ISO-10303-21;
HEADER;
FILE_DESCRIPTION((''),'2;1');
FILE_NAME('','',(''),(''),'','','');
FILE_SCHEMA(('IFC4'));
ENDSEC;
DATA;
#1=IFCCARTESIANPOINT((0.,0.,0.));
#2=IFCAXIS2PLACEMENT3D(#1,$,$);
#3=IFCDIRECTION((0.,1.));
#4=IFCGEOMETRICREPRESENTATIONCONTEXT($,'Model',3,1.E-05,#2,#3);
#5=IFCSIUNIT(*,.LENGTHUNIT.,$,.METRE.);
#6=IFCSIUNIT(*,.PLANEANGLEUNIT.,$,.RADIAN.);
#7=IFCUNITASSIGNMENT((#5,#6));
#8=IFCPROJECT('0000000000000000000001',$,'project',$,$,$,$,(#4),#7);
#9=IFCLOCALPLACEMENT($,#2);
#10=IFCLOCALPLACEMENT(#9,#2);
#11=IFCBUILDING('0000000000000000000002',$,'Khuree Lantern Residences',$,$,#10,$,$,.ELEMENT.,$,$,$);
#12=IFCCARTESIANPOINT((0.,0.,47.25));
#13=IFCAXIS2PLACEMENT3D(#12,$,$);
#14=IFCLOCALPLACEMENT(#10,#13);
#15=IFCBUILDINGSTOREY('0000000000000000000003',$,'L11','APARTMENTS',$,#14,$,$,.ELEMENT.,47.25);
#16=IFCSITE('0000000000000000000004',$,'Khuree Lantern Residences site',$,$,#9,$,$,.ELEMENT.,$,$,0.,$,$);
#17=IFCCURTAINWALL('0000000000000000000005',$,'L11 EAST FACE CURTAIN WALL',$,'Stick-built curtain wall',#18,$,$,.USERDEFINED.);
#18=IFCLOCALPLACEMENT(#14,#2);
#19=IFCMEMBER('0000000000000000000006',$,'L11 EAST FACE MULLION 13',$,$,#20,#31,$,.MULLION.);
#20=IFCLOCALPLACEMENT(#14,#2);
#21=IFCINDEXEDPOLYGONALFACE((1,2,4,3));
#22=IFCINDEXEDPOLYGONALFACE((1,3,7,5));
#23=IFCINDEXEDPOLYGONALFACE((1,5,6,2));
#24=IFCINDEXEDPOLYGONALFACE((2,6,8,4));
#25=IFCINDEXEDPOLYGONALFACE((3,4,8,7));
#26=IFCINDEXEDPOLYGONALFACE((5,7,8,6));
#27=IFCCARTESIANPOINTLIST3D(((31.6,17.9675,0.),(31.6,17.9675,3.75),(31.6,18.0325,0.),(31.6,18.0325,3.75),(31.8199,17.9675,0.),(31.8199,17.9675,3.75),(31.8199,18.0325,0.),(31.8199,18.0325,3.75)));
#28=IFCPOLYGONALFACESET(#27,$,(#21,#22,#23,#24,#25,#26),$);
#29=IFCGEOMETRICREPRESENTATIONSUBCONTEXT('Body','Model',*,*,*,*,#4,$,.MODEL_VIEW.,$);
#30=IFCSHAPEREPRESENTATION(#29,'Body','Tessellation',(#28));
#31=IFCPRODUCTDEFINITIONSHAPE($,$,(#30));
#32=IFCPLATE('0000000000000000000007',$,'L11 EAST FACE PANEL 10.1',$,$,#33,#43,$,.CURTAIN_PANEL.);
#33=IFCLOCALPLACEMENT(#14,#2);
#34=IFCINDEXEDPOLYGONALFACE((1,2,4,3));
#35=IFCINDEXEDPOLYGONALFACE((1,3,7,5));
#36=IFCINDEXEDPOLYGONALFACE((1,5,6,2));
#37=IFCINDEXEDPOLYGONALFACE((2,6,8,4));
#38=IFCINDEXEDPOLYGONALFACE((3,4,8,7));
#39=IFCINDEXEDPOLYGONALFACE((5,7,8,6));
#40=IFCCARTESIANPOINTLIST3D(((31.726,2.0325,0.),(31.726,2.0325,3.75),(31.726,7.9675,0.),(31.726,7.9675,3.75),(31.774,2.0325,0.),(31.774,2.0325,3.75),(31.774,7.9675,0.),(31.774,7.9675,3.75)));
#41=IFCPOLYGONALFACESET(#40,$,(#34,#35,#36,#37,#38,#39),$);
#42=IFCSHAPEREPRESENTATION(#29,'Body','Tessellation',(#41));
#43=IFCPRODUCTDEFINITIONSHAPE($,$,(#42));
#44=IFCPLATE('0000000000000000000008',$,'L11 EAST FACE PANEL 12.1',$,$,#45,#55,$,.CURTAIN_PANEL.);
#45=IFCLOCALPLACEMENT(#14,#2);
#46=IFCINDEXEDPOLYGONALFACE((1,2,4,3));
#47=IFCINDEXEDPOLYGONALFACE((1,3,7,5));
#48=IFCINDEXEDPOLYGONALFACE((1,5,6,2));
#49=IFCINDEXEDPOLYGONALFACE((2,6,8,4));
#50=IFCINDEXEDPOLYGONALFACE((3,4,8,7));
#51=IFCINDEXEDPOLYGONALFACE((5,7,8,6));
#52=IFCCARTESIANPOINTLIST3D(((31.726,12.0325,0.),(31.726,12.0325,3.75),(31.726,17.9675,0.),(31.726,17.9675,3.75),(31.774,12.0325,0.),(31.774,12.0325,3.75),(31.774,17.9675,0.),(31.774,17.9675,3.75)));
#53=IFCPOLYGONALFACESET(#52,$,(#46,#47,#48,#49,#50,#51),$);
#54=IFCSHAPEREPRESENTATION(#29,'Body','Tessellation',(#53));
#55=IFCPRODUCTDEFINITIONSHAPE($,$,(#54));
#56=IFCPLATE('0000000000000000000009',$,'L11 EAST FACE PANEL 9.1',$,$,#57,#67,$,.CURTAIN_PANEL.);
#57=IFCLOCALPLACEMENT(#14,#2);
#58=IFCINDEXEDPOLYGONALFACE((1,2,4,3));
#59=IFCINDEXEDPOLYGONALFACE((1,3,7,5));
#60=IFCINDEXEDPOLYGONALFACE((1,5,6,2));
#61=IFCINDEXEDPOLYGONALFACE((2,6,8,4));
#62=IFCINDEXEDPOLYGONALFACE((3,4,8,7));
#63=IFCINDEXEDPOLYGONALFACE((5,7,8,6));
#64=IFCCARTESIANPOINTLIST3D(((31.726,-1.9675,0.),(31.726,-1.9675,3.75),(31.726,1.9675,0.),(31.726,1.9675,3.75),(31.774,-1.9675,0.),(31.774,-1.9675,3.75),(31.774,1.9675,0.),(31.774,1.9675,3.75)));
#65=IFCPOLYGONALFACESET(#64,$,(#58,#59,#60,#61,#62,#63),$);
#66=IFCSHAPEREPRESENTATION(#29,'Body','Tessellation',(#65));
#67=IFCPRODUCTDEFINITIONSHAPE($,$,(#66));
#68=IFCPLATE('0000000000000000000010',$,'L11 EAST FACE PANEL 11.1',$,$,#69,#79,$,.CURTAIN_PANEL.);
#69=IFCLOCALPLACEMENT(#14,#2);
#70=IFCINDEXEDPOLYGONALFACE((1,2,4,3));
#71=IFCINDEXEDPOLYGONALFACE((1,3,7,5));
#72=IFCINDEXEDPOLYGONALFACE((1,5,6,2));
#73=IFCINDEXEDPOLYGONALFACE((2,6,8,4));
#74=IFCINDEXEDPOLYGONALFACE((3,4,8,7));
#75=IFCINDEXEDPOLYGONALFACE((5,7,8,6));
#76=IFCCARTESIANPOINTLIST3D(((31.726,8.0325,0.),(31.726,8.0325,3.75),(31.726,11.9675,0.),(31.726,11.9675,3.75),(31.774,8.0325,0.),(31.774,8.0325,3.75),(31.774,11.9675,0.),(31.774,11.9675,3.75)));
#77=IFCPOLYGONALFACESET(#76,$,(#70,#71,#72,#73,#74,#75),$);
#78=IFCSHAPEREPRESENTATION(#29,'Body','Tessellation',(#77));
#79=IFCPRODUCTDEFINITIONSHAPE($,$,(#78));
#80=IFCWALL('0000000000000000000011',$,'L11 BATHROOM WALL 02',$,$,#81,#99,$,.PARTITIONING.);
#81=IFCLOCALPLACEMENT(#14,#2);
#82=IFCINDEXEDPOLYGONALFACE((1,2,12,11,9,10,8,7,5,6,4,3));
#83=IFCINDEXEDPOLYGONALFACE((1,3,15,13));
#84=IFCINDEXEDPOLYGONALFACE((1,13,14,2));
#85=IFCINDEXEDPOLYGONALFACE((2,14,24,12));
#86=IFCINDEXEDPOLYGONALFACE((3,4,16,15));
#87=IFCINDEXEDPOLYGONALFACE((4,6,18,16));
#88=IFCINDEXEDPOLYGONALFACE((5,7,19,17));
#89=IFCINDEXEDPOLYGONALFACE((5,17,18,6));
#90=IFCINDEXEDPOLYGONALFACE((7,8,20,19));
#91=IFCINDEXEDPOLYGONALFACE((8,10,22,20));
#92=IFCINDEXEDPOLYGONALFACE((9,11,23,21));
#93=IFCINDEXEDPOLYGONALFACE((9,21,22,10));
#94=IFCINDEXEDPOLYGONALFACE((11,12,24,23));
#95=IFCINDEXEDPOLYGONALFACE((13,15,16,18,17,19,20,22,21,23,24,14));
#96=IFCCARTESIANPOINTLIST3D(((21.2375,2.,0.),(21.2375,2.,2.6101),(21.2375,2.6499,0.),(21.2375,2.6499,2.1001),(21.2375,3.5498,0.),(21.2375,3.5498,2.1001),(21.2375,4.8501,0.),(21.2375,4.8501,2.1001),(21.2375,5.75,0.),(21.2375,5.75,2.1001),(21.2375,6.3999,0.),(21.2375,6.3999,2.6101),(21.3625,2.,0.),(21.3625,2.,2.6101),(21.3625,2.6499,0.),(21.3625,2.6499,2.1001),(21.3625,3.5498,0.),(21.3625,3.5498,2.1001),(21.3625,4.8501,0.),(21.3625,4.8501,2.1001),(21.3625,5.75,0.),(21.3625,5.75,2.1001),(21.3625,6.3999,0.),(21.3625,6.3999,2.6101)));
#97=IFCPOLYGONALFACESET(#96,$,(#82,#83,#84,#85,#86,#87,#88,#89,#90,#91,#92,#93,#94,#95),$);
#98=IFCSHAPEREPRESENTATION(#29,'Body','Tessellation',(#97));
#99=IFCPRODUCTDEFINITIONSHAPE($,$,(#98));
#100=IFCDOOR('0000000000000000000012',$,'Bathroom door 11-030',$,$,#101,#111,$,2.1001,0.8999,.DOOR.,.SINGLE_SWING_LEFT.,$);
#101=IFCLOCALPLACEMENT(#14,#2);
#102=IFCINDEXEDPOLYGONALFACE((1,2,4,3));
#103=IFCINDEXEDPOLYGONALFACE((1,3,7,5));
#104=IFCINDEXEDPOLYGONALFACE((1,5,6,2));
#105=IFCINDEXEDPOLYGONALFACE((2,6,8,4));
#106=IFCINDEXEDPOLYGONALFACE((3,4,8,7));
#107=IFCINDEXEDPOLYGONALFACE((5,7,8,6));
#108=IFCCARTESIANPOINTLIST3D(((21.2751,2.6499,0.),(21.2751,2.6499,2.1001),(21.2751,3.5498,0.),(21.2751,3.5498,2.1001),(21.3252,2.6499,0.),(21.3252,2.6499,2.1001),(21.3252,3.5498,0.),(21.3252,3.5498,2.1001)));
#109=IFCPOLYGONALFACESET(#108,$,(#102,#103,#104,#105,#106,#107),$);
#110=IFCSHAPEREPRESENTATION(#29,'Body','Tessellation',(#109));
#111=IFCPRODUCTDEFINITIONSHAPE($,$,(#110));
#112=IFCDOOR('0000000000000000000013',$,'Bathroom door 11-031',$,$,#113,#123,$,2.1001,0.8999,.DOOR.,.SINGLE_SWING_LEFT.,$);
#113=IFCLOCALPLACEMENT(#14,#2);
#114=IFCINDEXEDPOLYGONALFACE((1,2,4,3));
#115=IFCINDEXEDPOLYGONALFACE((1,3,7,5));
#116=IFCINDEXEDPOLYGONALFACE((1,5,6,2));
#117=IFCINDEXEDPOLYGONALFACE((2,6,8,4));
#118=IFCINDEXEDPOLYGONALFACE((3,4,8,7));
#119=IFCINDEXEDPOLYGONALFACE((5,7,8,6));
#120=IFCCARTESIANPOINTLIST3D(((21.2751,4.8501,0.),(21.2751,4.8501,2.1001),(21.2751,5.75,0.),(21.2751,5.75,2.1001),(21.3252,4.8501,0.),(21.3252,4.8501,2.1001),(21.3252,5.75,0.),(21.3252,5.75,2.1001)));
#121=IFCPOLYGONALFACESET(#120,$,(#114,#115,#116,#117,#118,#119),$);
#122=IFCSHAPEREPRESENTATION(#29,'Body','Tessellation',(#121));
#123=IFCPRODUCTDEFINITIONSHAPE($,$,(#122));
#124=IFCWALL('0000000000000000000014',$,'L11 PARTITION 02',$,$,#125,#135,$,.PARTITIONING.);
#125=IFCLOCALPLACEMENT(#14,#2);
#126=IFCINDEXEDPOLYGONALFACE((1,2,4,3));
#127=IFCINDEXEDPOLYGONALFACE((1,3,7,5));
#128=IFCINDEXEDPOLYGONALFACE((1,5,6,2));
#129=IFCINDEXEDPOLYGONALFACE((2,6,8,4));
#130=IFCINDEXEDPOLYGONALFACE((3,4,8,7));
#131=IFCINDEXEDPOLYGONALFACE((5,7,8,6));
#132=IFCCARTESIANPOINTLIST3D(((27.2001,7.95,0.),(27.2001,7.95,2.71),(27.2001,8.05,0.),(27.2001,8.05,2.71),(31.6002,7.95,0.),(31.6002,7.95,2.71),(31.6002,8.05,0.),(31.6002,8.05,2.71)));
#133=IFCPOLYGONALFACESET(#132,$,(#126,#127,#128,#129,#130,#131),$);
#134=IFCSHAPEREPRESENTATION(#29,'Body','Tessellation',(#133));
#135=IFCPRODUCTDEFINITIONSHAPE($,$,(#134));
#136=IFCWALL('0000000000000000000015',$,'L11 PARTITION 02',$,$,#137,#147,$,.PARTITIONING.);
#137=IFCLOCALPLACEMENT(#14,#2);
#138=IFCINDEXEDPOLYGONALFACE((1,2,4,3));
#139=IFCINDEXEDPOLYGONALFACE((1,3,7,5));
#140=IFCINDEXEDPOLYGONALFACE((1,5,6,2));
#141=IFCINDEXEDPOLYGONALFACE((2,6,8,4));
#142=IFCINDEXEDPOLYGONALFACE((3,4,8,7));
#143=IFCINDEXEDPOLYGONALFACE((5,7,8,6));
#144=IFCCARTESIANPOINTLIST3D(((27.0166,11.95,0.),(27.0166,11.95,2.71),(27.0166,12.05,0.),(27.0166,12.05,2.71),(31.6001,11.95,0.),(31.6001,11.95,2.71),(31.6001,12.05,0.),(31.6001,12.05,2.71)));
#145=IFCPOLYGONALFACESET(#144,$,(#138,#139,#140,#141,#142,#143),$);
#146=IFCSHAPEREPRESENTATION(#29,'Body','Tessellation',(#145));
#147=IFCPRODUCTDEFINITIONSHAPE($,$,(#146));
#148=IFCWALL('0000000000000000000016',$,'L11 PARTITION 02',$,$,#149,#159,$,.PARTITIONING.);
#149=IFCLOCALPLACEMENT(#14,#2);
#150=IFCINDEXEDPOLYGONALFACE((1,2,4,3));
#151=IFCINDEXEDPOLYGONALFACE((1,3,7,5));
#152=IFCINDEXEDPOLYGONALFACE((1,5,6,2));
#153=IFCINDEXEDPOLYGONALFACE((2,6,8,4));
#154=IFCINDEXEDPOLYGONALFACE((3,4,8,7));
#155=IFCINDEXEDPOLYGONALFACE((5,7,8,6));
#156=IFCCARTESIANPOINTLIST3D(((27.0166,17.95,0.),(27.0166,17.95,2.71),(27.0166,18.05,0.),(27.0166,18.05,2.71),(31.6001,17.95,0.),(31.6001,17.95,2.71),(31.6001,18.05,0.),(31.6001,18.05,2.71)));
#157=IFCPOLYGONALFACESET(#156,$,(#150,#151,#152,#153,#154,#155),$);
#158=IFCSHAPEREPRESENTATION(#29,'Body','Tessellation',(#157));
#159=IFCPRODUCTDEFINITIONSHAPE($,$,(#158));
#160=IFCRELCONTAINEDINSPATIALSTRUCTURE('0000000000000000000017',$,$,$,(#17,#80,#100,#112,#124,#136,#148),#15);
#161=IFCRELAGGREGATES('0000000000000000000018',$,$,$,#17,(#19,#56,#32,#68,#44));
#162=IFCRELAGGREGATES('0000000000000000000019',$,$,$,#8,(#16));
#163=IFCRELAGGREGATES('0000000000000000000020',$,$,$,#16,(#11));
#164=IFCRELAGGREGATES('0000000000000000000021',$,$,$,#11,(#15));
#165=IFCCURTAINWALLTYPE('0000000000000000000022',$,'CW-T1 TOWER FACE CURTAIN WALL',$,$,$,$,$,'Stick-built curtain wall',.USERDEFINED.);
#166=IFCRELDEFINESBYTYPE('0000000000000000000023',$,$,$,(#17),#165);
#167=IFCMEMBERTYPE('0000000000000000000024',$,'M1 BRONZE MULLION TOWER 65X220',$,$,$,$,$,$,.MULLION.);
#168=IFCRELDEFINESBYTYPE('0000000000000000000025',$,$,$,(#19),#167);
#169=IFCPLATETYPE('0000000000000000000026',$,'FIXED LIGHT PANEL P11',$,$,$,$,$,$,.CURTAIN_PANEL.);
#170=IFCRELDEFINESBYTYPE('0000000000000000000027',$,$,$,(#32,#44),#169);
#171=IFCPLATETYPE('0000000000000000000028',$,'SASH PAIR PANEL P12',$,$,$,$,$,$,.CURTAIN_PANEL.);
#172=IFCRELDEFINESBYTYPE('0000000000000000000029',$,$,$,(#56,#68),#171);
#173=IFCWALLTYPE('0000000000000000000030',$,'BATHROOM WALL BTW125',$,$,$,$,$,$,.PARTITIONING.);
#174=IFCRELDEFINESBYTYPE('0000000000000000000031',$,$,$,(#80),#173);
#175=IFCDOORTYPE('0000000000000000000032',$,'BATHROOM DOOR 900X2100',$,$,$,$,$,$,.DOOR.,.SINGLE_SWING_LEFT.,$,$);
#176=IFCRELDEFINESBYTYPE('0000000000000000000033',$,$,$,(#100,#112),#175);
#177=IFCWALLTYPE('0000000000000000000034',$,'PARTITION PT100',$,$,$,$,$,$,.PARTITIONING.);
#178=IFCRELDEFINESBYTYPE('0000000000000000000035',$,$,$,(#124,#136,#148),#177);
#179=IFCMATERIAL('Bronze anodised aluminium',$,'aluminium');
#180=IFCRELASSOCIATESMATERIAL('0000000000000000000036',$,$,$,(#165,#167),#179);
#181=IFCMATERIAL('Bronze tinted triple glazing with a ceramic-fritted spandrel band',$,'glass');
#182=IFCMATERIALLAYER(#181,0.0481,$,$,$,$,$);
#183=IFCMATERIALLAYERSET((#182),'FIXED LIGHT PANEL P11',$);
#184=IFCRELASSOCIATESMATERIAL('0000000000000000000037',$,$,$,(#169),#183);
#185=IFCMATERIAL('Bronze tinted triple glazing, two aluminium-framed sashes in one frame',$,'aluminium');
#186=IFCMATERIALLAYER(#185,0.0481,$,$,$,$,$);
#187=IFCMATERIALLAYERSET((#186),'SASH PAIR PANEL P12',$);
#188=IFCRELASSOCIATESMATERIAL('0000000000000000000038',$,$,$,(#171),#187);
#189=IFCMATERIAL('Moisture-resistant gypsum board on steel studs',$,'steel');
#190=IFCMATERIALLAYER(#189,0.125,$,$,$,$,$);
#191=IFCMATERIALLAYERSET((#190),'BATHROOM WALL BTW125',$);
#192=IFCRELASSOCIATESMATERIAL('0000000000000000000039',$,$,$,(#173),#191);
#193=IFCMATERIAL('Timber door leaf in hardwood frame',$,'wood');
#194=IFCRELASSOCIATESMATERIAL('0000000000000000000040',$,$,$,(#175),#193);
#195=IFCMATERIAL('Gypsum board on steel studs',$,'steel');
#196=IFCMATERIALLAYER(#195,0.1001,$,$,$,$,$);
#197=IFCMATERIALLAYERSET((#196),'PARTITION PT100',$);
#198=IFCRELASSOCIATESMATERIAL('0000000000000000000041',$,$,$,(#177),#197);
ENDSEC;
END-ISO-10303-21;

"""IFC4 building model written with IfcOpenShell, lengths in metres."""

from ifc_helpers import new_model, si_unit, direction, frame, frame_2d, origin, origin_2d, place, context, subcontext, project, spatial, rectangle, extrude, material, layer, layer_set, material_profile, profile_set, type_object, element, fill, aggregate, save


model = new_model("IFC4")

# Units and contexts
model_context = context("Model", 3, precision=1e-05, world=origin(), true_north=direction((0.0, 1.0)))
body_context = subcontext(model_context, "Body", "Model", "MODEL_VIEW")
ifc_project = project(units=[si_unit("LENGTHUNIT", "METRE"), si_unit("PLANEANGLEUNIT", "RADIAN")], contexts=[model_context])

# Site, building, storey
site_placement = place(None, origin())
site = spatial("IfcSite", under=ifc_project, at=site_placement, Name="Khuree Lantern Residences site", CompositionType="ELEMENT", RefElevation=0.0)
building_placement = place(site_placement, origin())
building = spatial("IfcBuilding", under=site, at=building_placement, Name="Khuree Lantern Residences", CompositionType="ELEMENT")
storey_placement = place(building_placement, frame((0.0, 0.0, 47.25)))
storey = spatial("IfcBuildingStorey", under=building, at=storey_placement, Name="L11", Description="APARTMENTS", CompositionType="ELEMENT", Elevation=47.25)

# Curtain wall
ifc_material_1 = material(Name="Bronze anodised aluminium", Category="aluminium")
curtain_wall_type = type_object("IfcCurtainWallType", Name="CW-T1 TOWER FACE CURTAIN WALL", ElementType="Stick-built curtain wall", PredefinedType="USERDEFINED", material=ifc_material_1)
curtain_wall_placement = place(storey_placement, origin())
curtain_wall = element("IfcCurtainWall", 1, at=curtain_wall_placement, inside=storey, type_object=curtain_wall_type, Name="L11 EAST FACE CURTAIN WALL", ObjectType="Stick-built curtain wall", PredefinedType="USERDEFINED")

# Member
ifc_material_profile_1 = material_profile(ifc_material_1, rectangle(XDim=0.0649, YDim=0.22, at=origin_2d()), Name="M1 65X220")
ifc_profile_set_1 = profile_set([ifc_material_profile_1], Name="Bronze anodised aluminium")
member_type_1 = type_object("IfcMemberType", Name="M1 BRONZE MULLION TOWER 65X220", PredefinedType="MULLION", material=ifc_profile_set_1)
member_1_placement = place(storey_placement, frame((31.71, 18.0, 0.0), z_axis=(0.0, 0.0, 1.0), x_axis=(0.0, 1.0, 0.0)))
member_1 = element("IfcMember", 2, at=member_1_placement, type_object=member_type_1, Name="L11 EAST FACE MULLION 13", PredefinedType="MULLION", context=body_context, shape_type="SweptSolid", body=[
    extrude(rectangle(XDim=0.0649, YDim=0.22, at=origin_2d()), origin(), (0.0, 0.0, 1.0), 3.75),
])

# Plates
ifc_material_2 = material(Name="Bronze tinted triple glazing with a ceramic-fritted spandrel band", Category="glass")
ifc_layer_1 = layer(ifc_material_2, 0.0481)
ifc_layer_set_1 = layer_set([ifc_layer_1], Name="FIXED LIGHT PANEL P11")
plate_type_1 = type_object("IfcPlateType", Name="FIXED LIGHT PANEL P11", PredefinedType="CURTAIN_PANEL", material=ifc_layer_set_1)
plate_1_placement = place(storey_placement, frame((31.75, 5.0, 0.0), z_axis=(0.0, 0.0, 1.0), x_axis=(0.0, 1.0, 0.0)))
plate_1 = element("IfcPlate", 3, at=plate_1_placement, type_object=plate_type_1, Name="L11 EAST FACE PANEL 10.1", PredefinedType="CURTAIN_PANEL", context=body_context, shape_type="SweptSolid", body=[
    extrude(rectangle(XDim=5.9351, YDim=0.0481, at=origin_2d()), origin(), (0.0, 0.0, 1.0), 3.75),
])
plate_2_placement = place(storey_placement, frame((31.75, 15.0, 0.0), z_axis=(0.0, 0.0, 1.0), x_axis=(0.0, 1.0, 0.0)))
plate_2 = element("IfcPlate", 4, at=plate_2_placement, type_object=plate_type_1, Name="L11 EAST FACE PANEL 12.1", PredefinedType="CURTAIN_PANEL", context=body_context, shape_type="SweptSolid", body=[
    extrude(rectangle(XDim=5.9351, YDim=0.0481, at=origin_2d()), origin(), (0.0, 0.0, 1.0), 3.75),
])
ifc_material_3 = material(Name="Bronze tinted triple glazing, two aluminium-framed sashes in one frame", Category="aluminium")
ifc_layer_2 = layer(ifc_material_3, 0.0481)
ifc_layer_set_2 = layer_set([ifc_layer_2], Name="SASH PAIR PANEL P12")
plate_type_2 = type_object("IfcPlateType", Name="SASH PAIR PANEL P12", PredefinedType="CURTAIN_PANEL", material=ifc_layer_set_2)
plate_3_placement = place(storey_placement, frame((31.75, 0.0, 0.0), z_axis=(0.0, 0.0, 1.0), x_axis=(0.0, 1.0, 0.0)))
plate_3 = element("IfcPlate", 5, at=plate_3_placement, type_object=plate_type_2, Name="L11 EAST FACE PANEL 9.1", PredefinedType="CURTAIN_PANEL", context=body_context, shape_type="SweptSolid", body=[
    extrude(rectangle(XDim=3.9351, YDim=0.0481, at=origin_2d()), origin(), (0.0, 0.0, 1.0), 3.75),
])
plate_4_placement = place(storey_placement, frame((31.75, 10.0, 0.0), z_axis=(0.0, 0.0, 1.0), x_axis=(0.0, 1.0, 0.0)))
plate_4 = element("IfcPlate", 6, at=plate_4_placement, type_object=plate_type_2, Name="L11 EAST FACE PANEL 11.1", PredefinedType="CURTAIN_PANEL", context=body_context, shape_type="SweptSolid", body=[
    extrude(rectangle(XDim=3.9351, YDim=0.0481, at=origin_2d()), origin(), (0.0, 0.0, 1.0), 3.75),
])
aggregate(curtain_wall, [member_1, plate_3, plate_1, plate_4, plate_2])

# Wall, openings, doors
ifc_material_4 = material(Name="Moisture-resistant gypsum board on steel studs", Category="steel")
ifc_layer_3 = layer(ifc_material_4, 0.125)
ifc_layer_set_3 = layer_set([ifc_layer_3], Name="BATHROOM WALL BTW125")
wall_type_1 = type_object("IfcWallType", Name="BATHROOM WALL BTW125", PredefinedType="PARTITIONING", material=ifc_layer_set_3)
wall_1_placement = place(storey_placement, frame((21.3, 2.0, 0.0), z_axis=(0.0, 0.0, 1.0), x_axis=(0.0, 1.0, 0.0)))
wall_1 = element("IfcWall", 7, at=wall_1_placement, inside=storey, type_object=wall_type_1, Name="L11 BATHROOM WALL 02", PredefinedType="PARTITIONING", context=body_context, shape_type="SweptSolid", body=[
    extrude(rectangle(XDim=4.3999, YDim=0.125, at=frame_2d((2.2, 0.0))), origin(), (0.0, 0.0, 1.0), 2.6101),
])
opening_1_placement = place(wall_1_placement, frame((0.6499, 0.0, 0.0)))
opening_1 = element("IfcOpeningElement", 8, at=opening_1_placement, cuts=wall_1, PredefinedType="OPENING", context=body_context, shape_type="SweptSolid", body=[
    extrude(rectangle(XDim=0.8999, YDim=2.1001, at=frame_2d((0.45, 1.05))), frame((0.0, 0.0725, 0.0), z_axis=(0.0, -1.0, 0.0), x_axis=(1.0, 0.0, 0.0)), (0.0, 0.0, 1.0), 0.145),
])
opening_2_placement = place(wall_1_placement, frame((2.8501, 0.0, 0.0)))
opening_2 = element("IfcOpeningElement", 9, at=opening_2_placement, cuts=wall_1, PredefinedType="OPENING", context=body_context, shape_type="SweptSolid", body=[
    extrude(rectangle(XDim=0.8999, YDim=2.1001, at=frame_2d((0.45, 1.05))), frame((0.0, 0.0725, 0.0), z_axis=(0.0, -1.0, 0.0), x_axis=(1.0, 0.0, 0.0)), (0.0, 0.0, 1.0), 0.145),
])
ifc_material_5 = material(Name="Timber door leaf in hardwood frame", Category="wood")
door_type_1 = type_object("IfcDoorType", Name="BATHROOM DOOR 900X2100", OperationType="SINGLE_SWING_LEFT", PredefinedType="DOOR", material=ifc_material_5)
door_1_placement = place(opening_1_placement, origin())
door_1 = element("IfcDoor", 10, at=door_1_placement, inside=storey, type_object=door_type_1, Name="Bathroom door 11-030", OperationType="SINGLE_SWING_LEFT", OverallHeight=2.1001, OverallWidth=0.8999, PredefinedType="DOOR", context=body_context, shape_type="SweptSolid", body=[
    extrude(rectangle(XDim=0.8999, YDim=2.1001, at=frame_2d((0.45, 1.05))), frame((0.0, 0.0249, 0.0), z_axis=(0.0, -1.0, 0.0), x_axis=(1.0, 0.0, 0.0)), (0.0, 0.0, 1.0), 0.05),
])
fill(opening_1, door_1)
door_2_placement = place(opening_2_placement, origin())
door_2 = element("IfcDoor", 11, at=door_2_placement, inside=storey, type_object=door_type_1, Name="Bathroom door 11-031", OperationType="SINGLE_SWING_LEFT", OverallHeight=2.1001, OverallWidth=0.8999, PredefinedType="DOOR", context=body_context, shape_type="SweptSolid", body=[
    extrude(rectangle(XDim=0.8999, YDim=2.1001, at=frame_2d((0.45, 1.05))), frame((0.0, 0.0249, 0.0), z_axis=(0.0, -1.0, 0.0), x_axis=(1.0, 0.0, 0.0)), (0.0, 0.0, 1.0), 0.05),
])
fill(opening_2, door_2)

# Walls
ifc_material_6 = material(Name="Gypsum board on steel studs", Category="steel")
ifc_layer_4 = layer(ifc_material_6, 0.1001)
ifc_layer_set_4 = layer_set([ifc_layer_4], Name="PARTITION PT100")
wall_type_2 = type_object("IfcWallType", Name="PARTITION PT100", PredefinedType="PARTITIONING", material=ifc_layer_set_4)
wall_2_placement = place(storey_placement, frame((27.2, 8.0, 0.0), z_axis=(0.0, 0.0, 1.0), x_axis=(1.0, 0.0, 0.0)))
element("IfcWall", 12, at=wall_2_placement, inside=storey, type_object=wall_type_2, Name="L11 PARTITION 02", PredefinedType="PARTITIONING", context=body_context, shape_type="SweptSolid", body=[
    extrude(rectangle(XDim=4.4001, YDim=0.1001, at=frame_2d((2.2002, 0.0))), origin(), (0.0, 0.0, 1.0), 2.71),
])
for number, where, z_axis, x_axis, name in (
    (13, (27.0166, 12.0, 0.0), (0.0, 0.0, 1.0), (1.0, 0.0, 0.0), "L11 PARTITION 02"),
    (14, (27.0166, 18.0, 0.0), (0.0, 0.0, 1.0), (1.0, 0.0, 0.0), "L11 PARTITION 02"),
):
    element("IfcWall", number, at=place(storey_placement, frame(where, z_axis=z_axis, x_axis=x_axis)), inside=storey, type_object=wall_type_2, Name=name, PredefinedType="PARTITIONING", context=body_context, shape_type="SweptSolid", body=[
        extrude(rectangle(XDim=4.5835, YDim=0.1001, at=frame_2d((2.2917, 0.0))), origin(), (0.0, 0.0, 1.0), 2.71),
    ])

save(model, "model.ifc")
